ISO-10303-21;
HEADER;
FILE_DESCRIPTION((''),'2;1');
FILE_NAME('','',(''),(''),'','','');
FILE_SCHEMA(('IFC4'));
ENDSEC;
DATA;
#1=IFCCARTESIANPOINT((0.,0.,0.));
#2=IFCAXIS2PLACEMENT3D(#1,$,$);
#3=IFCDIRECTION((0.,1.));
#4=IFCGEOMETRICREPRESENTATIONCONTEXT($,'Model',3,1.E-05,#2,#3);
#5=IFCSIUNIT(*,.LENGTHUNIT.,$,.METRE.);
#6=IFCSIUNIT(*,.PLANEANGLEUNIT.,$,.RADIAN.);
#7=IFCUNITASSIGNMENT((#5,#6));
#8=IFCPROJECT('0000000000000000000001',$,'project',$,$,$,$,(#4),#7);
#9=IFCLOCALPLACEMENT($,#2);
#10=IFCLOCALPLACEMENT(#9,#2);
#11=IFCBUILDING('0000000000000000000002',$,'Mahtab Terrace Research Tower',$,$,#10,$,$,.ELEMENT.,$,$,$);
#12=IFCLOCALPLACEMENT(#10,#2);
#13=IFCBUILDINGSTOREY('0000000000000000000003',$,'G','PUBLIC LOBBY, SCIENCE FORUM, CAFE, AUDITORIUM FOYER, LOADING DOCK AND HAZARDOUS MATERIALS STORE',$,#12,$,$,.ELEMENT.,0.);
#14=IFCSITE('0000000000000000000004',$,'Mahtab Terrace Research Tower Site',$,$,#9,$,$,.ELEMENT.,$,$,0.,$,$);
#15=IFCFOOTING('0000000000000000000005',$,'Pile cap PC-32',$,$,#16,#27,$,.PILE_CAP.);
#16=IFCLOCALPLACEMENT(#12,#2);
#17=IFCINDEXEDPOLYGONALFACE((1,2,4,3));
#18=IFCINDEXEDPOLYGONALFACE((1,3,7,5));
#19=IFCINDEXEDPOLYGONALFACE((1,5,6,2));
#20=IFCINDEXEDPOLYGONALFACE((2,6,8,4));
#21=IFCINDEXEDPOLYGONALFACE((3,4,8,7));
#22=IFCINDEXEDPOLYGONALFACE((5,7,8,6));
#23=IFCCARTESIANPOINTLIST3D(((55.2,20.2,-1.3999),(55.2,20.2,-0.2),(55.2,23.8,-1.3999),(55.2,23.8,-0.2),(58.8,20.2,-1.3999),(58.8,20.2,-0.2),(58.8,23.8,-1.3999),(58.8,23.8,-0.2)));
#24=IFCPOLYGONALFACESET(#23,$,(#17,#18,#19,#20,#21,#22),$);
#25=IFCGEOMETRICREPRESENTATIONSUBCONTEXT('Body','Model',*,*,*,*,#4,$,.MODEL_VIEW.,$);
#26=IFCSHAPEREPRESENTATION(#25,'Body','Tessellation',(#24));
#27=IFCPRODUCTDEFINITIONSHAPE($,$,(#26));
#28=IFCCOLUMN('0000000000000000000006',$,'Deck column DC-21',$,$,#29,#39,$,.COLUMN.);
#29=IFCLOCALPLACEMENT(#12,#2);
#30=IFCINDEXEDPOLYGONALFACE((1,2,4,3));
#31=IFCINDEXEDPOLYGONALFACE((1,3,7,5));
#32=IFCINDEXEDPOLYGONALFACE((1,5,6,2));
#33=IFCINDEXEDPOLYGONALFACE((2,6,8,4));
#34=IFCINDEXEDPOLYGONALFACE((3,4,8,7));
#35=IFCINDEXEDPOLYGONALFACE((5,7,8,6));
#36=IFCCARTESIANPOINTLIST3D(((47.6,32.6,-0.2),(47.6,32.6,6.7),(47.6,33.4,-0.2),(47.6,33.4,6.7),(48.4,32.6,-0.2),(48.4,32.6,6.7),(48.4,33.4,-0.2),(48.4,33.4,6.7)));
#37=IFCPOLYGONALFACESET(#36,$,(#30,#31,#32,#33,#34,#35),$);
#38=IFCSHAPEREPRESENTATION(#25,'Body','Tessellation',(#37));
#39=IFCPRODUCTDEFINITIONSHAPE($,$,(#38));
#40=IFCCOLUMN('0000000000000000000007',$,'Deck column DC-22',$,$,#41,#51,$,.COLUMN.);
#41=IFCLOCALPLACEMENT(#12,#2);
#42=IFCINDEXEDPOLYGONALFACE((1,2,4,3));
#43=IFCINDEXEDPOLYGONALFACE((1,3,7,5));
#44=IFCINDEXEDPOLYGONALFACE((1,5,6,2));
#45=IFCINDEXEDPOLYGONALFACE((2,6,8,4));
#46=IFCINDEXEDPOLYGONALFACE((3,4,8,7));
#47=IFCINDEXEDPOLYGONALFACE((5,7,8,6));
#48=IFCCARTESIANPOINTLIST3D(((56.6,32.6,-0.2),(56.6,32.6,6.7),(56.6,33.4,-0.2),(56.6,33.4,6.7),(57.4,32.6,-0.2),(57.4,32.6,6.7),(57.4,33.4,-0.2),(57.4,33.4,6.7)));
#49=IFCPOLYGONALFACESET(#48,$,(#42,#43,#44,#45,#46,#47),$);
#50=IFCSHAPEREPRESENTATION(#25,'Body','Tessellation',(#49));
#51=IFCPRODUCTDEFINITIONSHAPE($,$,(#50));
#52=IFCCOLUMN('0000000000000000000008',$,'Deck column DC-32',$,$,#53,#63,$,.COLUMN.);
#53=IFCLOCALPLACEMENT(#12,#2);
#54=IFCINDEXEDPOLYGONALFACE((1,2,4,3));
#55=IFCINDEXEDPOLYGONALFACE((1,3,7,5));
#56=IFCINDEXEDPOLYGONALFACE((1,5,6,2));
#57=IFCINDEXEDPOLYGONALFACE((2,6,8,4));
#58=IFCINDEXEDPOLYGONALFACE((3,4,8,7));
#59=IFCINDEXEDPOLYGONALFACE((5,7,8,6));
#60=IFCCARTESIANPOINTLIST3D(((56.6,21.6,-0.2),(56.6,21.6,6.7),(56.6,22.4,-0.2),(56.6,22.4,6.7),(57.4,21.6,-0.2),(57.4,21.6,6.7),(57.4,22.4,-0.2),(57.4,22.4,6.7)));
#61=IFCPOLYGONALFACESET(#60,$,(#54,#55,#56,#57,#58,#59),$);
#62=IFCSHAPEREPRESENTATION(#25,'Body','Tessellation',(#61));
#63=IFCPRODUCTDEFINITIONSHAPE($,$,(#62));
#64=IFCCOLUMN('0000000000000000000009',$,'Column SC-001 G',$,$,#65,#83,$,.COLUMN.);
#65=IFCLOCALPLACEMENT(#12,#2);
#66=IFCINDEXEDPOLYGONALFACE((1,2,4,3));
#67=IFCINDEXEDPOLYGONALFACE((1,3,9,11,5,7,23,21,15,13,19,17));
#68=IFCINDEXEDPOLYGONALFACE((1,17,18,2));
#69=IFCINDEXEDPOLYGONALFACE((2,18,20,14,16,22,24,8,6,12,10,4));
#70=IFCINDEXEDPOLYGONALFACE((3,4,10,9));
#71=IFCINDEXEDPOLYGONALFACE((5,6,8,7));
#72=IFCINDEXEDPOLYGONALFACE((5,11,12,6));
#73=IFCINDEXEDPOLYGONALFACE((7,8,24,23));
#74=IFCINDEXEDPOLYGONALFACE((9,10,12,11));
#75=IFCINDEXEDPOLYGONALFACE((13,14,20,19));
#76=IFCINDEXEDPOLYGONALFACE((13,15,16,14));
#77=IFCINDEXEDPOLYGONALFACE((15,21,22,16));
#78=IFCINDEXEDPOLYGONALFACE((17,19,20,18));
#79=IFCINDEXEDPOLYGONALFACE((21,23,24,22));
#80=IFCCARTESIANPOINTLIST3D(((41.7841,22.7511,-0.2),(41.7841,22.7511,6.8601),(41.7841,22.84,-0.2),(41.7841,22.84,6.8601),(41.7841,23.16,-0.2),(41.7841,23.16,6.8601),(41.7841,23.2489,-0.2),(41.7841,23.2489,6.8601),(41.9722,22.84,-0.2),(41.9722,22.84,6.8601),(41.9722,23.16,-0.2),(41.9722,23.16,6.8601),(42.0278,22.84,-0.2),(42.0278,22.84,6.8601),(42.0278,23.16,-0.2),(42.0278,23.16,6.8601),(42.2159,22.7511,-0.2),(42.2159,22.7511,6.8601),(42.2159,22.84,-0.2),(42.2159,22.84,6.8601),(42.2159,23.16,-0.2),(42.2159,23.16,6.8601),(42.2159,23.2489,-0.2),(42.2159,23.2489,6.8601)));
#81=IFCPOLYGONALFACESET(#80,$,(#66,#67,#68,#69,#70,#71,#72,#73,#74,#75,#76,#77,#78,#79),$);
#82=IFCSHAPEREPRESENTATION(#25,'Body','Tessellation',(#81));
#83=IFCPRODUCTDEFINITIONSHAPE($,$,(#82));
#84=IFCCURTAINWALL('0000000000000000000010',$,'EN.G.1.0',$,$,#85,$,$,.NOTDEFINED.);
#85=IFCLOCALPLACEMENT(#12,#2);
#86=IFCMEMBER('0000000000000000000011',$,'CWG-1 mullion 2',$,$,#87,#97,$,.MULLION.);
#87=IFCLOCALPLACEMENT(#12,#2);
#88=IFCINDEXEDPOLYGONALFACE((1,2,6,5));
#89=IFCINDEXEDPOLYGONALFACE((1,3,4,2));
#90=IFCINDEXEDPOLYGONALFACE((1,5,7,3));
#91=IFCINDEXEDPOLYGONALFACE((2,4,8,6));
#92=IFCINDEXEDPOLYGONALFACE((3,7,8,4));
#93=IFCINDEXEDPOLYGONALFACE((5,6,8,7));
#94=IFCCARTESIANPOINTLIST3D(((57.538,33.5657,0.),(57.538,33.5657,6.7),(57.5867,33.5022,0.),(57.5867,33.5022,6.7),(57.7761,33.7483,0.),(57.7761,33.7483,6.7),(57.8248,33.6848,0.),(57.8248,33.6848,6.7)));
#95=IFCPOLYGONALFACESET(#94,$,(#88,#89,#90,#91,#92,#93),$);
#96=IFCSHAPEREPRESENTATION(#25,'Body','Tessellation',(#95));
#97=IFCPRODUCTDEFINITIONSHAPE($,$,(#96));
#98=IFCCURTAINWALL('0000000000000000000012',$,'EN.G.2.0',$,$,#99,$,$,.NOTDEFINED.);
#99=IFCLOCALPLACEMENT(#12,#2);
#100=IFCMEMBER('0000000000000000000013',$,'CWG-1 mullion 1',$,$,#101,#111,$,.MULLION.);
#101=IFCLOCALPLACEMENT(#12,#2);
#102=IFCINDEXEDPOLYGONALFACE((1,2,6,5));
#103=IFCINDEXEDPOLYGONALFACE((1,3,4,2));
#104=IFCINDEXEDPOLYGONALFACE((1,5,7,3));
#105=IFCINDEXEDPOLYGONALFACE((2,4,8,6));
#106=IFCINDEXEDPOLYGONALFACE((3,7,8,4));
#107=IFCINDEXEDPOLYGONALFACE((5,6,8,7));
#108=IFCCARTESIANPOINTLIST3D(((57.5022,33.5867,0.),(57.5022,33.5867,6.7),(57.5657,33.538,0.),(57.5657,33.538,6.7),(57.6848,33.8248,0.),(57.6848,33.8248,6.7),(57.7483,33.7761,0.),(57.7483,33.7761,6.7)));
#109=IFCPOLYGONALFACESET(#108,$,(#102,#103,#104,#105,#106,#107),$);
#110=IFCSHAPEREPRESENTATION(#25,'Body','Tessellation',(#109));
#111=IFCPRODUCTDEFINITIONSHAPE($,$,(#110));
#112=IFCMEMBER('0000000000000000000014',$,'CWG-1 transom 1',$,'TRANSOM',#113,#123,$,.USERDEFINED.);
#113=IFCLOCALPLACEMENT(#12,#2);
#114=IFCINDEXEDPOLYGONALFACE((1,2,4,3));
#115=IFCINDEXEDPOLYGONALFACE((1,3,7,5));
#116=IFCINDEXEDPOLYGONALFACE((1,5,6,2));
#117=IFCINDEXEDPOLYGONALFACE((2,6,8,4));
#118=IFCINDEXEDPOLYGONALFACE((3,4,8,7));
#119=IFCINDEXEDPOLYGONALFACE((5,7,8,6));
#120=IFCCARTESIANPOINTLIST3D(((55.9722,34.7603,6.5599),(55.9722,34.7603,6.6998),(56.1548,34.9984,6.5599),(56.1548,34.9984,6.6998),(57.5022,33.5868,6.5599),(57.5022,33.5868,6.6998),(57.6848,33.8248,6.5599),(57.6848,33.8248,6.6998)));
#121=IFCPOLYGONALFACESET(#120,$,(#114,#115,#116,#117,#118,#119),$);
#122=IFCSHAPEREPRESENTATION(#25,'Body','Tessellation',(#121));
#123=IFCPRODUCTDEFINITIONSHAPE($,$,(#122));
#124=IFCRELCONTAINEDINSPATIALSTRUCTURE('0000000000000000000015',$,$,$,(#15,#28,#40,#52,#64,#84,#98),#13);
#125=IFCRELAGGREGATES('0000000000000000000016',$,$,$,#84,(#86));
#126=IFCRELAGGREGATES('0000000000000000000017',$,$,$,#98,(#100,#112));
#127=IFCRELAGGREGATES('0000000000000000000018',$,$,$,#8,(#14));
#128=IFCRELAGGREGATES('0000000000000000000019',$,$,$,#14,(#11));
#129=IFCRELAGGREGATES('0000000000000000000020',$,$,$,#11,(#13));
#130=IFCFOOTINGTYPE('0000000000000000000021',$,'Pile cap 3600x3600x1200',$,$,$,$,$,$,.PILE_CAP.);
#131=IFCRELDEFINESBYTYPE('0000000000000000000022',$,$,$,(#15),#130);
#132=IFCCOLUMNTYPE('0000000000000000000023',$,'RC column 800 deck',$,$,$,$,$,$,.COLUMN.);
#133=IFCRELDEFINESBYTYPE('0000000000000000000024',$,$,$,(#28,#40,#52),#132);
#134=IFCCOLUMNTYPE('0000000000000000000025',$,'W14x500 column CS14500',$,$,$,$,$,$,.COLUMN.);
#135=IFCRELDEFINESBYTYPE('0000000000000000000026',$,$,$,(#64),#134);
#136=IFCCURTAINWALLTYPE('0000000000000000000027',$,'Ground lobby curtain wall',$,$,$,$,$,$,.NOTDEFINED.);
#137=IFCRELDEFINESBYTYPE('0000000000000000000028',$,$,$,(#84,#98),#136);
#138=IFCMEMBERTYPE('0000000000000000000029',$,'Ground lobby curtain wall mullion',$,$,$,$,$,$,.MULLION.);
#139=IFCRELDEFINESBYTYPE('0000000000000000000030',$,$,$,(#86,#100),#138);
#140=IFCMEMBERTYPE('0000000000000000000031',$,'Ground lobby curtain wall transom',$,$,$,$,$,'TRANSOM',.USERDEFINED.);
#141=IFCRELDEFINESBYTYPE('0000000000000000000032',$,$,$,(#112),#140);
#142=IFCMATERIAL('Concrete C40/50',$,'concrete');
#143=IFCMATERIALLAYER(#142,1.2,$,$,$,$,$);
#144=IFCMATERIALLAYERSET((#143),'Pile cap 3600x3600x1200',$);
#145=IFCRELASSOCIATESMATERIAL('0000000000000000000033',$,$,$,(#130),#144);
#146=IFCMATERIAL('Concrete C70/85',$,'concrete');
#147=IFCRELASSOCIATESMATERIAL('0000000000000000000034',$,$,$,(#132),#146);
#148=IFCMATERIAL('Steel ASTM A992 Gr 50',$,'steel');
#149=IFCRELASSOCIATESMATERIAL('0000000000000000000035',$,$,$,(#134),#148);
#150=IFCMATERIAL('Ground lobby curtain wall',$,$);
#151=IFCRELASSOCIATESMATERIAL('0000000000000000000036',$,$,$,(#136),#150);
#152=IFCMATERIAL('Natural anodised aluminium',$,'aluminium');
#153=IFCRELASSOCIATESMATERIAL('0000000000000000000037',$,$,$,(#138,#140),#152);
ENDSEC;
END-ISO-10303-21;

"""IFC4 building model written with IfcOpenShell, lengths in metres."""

from ifc_helpers import new_model, si_unit, direction, frame, origin, origin_2d, place, context, subcontext, project, spatial, rectangle, i_section, extrude, material, layer, layer_set, material_profile, profile_set, type_object, element, aggregate, save


model = new_model("IFC4")

# Units and contexts
model_context = context("Model", 3, precision=1e-05, world=origin(), true_north=direction((0.0, 1.0)))
body_context = subcontext(model_context, "Body", "Model", "MODEL_VIEW")
ifc_project = project(units=[si_unit("LENGTHUNIT", "METRE"), si_unit("PLANEANGLEUNIT", "RADIAN")], contexts=[model_context])

# Site, building, storey
site_placement = place(None, origin())
site = spatial("IfcSite", under=ifc_project, at=site_placement, Name="Mahtab Terrace Research Tower Site", CompositionType="ELEMENT", RefElevation=0.0)
building_placement = place(site_placement, origin())
building = spatial("IfcBuilding", under=site, at=building_placement, Name="Mahtab Terrace Research Tower", CompositionType="ELEMENT")
storey_placement = place(building_placement, origin())
storey = spatial("IfcBuildingStorey", under=building, at=storey_placement, Name="G", Description="PUBLIC LOBBY, SCIENCE FORUM, CAFE, AUDITORIUM FOYER, LOADING DOCK AND HAZARDOUS MATERIALS STORE", CompositionType="ELEMENT", Elevation=0.0)

# Shared definitions
ifc_material_1 = material(Name="Concrete C40/50", Category="concrete")

# Footing
ifc_layer = layer(ifc_material_1, 1.2)
ifc_layer_set = layer_set([ifc_layer], Name="Pile cap 3600x3600x1200")
footing_type = type_object("IfcFootingType", Name="Pile cap 3600x3600x1200", PredefinedType="PILE_CAP", material=ifc_layer_set)
for number, where, z_axis, x_axis, name in (
    (1, (57.0, 22.0, -1.3999), (0.0, 0.0, 1.0), (1.0, 0.0, 0.0), "Pile cap PC-32"),
):
    element("IfcFooting", number, at=place(storey_placement, frame(where, z_axis=z_axis, x_axis=x_axis)), inside=storey, type_object=footing_type, Name=name, PredefinedType="PILE_CAP", context=body_context, shape_type="SweptSolid", body=[
        extrude(rectangle(XDim=3.6001, YDim=3.6001, at=origin_2d()), origin(), (0.0, 0.0, 1.0), 1.2),
    ])

# Columns
ifc_material_2 = material(Name="Concrete C70/85", Category="concrete")
ifc_material_profile_1 = material_profile(ifc_material_2, rectangle(XDim=0.8, YDim=0.8, at=origin_2d()), Name="RC column 800 deck")
ifc_profile_set_1 = profile_set([ifc_material_profile_1], Name="Concrete C70/85")
column_type_1 = type_object("IfcColumnType", Name="RC column 800 deck", PredefinedType="COLUMN", material=ifc_profile_set_1)
for number, where, z_axis, x_axis, name in (
    (2, (48.0, 33.0, -0.2), (0.0, 0.0, 1.0), (1.0, 0.0, 0.0), "Deck column DC-21"),
    (3, (57.0, 33.0, -0.2), (0.0, 0.0, 1.0), (1.0, 0.0, 0.0), "Deck column DC-22"),
    (4, (57.0, 22.0, -0.2), (0.0, 0.0, 1.0), (1.0, 0.0, 0.0), "Deck column DC-32"),
):
    element("IfcColumn", number, at=place(storey_placement, frame(where, z_axis=z_axis, x_axis=x_axis)), inside=storey, type_object=column_type_1, Name=name, PredefinedType="COLUMN", context=body_context, shape_type="SweptSolid", body=[
        extrude(rectangle(XDim=0.8, YDim=0.8, at=origin_2d()), origin(), (0.0, 0.0, 1.0), 6.8999),
    ])
ifc_material_3 = material(Name="Steel ASTM A992 Gr 50", Category="steel")
ifc_material_profile_2 = material_profile(ifc_material_3, i_section(OverallWidth=0.4319, OverallDepth=0.4978, WebThickness=0.0557, FlangeThickness=0.0889, at=origin_2d()), Name="W14X500")
ifc_profile_set_2 = profile_set([ifc_material_profile_2], Name="Steel ASTM A992 Gr 50")
column_type_2 = type_object("IfcColumnType", Name="W14x500 column CS14500", PredefinedType="COLUMN", material=ifc_profile_set_2)
column_placement = place(storey_placement, frame((42.0, 23.0, -0.2), z_axis=(0.0, 0.0, 1.0), x_axis=(1.0, 0.0, 0.0)))
element("IfcColumn", 5, at=column_placement, inside=storey, type_object=column_type_2, Name="Column SC-001 G", PredefinedType="COLUMN", context=body_context, shape_type="SweptSolid", body=[
    extrude(i_section(OverallWidth=0.4319, OverallDepth=0.4978, WebThickness=0.0557, FlangeThickness=0.0889, at=origin_2d()), origin(), (0.0, 0.0, 1.0), 7.0601),
])

# Curtain wall, member
ifc_material_4 = material(Name="Ground lobby curtain wall")
curtain_wall_type = type_object("IfcCurtainWallType", Name="Ground lobby curtain wall", PredefinedType="NOTDEFINED", material=ifc_material_4)
curtain_wall_1_placement = place(storey_placement, origin())
curtain_wall_1 = element("IfcCurtainWall", 6, at=curtain_wall_1_placement, inside=storey, type_object=curtain_wall_type, Name="EN.G.1.0", PredefinedType="NOTDEFINED")
ifc_material_5 = material(Name="Natural anodised aluminium", Category="aluminium")
ifc_material_profile_3 = material_profile(ifc_material_5, rectangle(XDim=0.3, YDim=0.0801, at=origin_2d()), Name="MULLION 80x300")
ifc_profile_set_3 = profile_set([ifc_material_profile_3], Name="Natural anodised aluminium")
member_type_1 = type_object("IfcMemberType", Name="Ground lobby curtain wall mullion", PredefinedType="MULLION", material=ifc_profile_set_3)
member_1_placement = place(storey_placement, frame((57.6814, 33.6252, 0.0), z_axis=(0.0, 0.0, 1.0), x_axis=(-0.79346, -0.608623, 0.0)))
member_1 = element("IfcMember", 7, at=member_1_placement, type_object=member_type_1, Name="CWG-1 mullion 2", PredefinedType="MULLION", context=body_context, shape_type="SweptSolid", body=[
    extrude(rectangle(XDim=0.3, YDim=0.0801, at=origin_2d()), origin(), (0.0, 0.0, 1.0), 6.7),
])
aggregate(curtain_wall_1, [member_1])

# Curtain wall, members
curtain_wall_2_placement = place(storey_placement, origin())
curtain_wall_2 = element("IfcCurtainWall", 8, at=curtain_wall_2_placement, inside=storey, type_object=curtain_wall_type, Name="EN.G.2.0", PredefinedType="NOTDEFINED")
member_2_placement = place(storey_placement, frame((57.6252, 33.6814, 0.0), z_axis=(0.0, 0.0, 1.0), x_axis=(-0.608623, -0.79346, 0.0)))
member_2 = element("IfcMember", 9, at=member_2_placement, type_object=member_type_1, Name="CWG-1 mullion 1", PredefinedType="MULLION", context=body_context, shape_type="SweptSolid", body=[
    extrude(rectangle(XDim=0.3, YDim=0.0801, at=origin_2d()), origin(), (0.0, 0.0, 1.0), 6.7),
])
ifc_material_profile_4 = material_profile(ifc_material_5, rectangle(XDim=0.3, YDim=0.1399, at=origin_2d()), Name="TRANSOM 140x300")
ifc_profile_set_4 = profile_set([ifc_material_profile_4], Name="Natural anodised aluminium")
member_type_2 = type_object("IfcMemberType", Name="Ground lobby curtain wall transom", ElementType="TRANSOM", PredefinedType="USERDEFINED", material=ifc_profile_set_4)
member_3_placement = place(storey_placement, frame((57.5935, 33.7058, 6.6299), z_axis=(-0.793466, 0.608615, 0.0), x_axis=(-0.608615, -0.793466, 0.0)))
member_3 = element("IfcMember", 10, at=member_3_placement, type_object=member_type_2, Name="CWG-1 transom 1", ObjectType="TRANSOM", PredefinedType="USERDEFINED", context=body_context, shape_type="SweptSolid", body=[
    extrude(rectangle(XDim=0.3, YDim=0.1399, at=origin_2d()), origin(), (0.0, 0.0, 1.0), 1.9282),
])
aggregate(curtain_wall_2, [member_2, member_3])

save(model, "model.ifc")
